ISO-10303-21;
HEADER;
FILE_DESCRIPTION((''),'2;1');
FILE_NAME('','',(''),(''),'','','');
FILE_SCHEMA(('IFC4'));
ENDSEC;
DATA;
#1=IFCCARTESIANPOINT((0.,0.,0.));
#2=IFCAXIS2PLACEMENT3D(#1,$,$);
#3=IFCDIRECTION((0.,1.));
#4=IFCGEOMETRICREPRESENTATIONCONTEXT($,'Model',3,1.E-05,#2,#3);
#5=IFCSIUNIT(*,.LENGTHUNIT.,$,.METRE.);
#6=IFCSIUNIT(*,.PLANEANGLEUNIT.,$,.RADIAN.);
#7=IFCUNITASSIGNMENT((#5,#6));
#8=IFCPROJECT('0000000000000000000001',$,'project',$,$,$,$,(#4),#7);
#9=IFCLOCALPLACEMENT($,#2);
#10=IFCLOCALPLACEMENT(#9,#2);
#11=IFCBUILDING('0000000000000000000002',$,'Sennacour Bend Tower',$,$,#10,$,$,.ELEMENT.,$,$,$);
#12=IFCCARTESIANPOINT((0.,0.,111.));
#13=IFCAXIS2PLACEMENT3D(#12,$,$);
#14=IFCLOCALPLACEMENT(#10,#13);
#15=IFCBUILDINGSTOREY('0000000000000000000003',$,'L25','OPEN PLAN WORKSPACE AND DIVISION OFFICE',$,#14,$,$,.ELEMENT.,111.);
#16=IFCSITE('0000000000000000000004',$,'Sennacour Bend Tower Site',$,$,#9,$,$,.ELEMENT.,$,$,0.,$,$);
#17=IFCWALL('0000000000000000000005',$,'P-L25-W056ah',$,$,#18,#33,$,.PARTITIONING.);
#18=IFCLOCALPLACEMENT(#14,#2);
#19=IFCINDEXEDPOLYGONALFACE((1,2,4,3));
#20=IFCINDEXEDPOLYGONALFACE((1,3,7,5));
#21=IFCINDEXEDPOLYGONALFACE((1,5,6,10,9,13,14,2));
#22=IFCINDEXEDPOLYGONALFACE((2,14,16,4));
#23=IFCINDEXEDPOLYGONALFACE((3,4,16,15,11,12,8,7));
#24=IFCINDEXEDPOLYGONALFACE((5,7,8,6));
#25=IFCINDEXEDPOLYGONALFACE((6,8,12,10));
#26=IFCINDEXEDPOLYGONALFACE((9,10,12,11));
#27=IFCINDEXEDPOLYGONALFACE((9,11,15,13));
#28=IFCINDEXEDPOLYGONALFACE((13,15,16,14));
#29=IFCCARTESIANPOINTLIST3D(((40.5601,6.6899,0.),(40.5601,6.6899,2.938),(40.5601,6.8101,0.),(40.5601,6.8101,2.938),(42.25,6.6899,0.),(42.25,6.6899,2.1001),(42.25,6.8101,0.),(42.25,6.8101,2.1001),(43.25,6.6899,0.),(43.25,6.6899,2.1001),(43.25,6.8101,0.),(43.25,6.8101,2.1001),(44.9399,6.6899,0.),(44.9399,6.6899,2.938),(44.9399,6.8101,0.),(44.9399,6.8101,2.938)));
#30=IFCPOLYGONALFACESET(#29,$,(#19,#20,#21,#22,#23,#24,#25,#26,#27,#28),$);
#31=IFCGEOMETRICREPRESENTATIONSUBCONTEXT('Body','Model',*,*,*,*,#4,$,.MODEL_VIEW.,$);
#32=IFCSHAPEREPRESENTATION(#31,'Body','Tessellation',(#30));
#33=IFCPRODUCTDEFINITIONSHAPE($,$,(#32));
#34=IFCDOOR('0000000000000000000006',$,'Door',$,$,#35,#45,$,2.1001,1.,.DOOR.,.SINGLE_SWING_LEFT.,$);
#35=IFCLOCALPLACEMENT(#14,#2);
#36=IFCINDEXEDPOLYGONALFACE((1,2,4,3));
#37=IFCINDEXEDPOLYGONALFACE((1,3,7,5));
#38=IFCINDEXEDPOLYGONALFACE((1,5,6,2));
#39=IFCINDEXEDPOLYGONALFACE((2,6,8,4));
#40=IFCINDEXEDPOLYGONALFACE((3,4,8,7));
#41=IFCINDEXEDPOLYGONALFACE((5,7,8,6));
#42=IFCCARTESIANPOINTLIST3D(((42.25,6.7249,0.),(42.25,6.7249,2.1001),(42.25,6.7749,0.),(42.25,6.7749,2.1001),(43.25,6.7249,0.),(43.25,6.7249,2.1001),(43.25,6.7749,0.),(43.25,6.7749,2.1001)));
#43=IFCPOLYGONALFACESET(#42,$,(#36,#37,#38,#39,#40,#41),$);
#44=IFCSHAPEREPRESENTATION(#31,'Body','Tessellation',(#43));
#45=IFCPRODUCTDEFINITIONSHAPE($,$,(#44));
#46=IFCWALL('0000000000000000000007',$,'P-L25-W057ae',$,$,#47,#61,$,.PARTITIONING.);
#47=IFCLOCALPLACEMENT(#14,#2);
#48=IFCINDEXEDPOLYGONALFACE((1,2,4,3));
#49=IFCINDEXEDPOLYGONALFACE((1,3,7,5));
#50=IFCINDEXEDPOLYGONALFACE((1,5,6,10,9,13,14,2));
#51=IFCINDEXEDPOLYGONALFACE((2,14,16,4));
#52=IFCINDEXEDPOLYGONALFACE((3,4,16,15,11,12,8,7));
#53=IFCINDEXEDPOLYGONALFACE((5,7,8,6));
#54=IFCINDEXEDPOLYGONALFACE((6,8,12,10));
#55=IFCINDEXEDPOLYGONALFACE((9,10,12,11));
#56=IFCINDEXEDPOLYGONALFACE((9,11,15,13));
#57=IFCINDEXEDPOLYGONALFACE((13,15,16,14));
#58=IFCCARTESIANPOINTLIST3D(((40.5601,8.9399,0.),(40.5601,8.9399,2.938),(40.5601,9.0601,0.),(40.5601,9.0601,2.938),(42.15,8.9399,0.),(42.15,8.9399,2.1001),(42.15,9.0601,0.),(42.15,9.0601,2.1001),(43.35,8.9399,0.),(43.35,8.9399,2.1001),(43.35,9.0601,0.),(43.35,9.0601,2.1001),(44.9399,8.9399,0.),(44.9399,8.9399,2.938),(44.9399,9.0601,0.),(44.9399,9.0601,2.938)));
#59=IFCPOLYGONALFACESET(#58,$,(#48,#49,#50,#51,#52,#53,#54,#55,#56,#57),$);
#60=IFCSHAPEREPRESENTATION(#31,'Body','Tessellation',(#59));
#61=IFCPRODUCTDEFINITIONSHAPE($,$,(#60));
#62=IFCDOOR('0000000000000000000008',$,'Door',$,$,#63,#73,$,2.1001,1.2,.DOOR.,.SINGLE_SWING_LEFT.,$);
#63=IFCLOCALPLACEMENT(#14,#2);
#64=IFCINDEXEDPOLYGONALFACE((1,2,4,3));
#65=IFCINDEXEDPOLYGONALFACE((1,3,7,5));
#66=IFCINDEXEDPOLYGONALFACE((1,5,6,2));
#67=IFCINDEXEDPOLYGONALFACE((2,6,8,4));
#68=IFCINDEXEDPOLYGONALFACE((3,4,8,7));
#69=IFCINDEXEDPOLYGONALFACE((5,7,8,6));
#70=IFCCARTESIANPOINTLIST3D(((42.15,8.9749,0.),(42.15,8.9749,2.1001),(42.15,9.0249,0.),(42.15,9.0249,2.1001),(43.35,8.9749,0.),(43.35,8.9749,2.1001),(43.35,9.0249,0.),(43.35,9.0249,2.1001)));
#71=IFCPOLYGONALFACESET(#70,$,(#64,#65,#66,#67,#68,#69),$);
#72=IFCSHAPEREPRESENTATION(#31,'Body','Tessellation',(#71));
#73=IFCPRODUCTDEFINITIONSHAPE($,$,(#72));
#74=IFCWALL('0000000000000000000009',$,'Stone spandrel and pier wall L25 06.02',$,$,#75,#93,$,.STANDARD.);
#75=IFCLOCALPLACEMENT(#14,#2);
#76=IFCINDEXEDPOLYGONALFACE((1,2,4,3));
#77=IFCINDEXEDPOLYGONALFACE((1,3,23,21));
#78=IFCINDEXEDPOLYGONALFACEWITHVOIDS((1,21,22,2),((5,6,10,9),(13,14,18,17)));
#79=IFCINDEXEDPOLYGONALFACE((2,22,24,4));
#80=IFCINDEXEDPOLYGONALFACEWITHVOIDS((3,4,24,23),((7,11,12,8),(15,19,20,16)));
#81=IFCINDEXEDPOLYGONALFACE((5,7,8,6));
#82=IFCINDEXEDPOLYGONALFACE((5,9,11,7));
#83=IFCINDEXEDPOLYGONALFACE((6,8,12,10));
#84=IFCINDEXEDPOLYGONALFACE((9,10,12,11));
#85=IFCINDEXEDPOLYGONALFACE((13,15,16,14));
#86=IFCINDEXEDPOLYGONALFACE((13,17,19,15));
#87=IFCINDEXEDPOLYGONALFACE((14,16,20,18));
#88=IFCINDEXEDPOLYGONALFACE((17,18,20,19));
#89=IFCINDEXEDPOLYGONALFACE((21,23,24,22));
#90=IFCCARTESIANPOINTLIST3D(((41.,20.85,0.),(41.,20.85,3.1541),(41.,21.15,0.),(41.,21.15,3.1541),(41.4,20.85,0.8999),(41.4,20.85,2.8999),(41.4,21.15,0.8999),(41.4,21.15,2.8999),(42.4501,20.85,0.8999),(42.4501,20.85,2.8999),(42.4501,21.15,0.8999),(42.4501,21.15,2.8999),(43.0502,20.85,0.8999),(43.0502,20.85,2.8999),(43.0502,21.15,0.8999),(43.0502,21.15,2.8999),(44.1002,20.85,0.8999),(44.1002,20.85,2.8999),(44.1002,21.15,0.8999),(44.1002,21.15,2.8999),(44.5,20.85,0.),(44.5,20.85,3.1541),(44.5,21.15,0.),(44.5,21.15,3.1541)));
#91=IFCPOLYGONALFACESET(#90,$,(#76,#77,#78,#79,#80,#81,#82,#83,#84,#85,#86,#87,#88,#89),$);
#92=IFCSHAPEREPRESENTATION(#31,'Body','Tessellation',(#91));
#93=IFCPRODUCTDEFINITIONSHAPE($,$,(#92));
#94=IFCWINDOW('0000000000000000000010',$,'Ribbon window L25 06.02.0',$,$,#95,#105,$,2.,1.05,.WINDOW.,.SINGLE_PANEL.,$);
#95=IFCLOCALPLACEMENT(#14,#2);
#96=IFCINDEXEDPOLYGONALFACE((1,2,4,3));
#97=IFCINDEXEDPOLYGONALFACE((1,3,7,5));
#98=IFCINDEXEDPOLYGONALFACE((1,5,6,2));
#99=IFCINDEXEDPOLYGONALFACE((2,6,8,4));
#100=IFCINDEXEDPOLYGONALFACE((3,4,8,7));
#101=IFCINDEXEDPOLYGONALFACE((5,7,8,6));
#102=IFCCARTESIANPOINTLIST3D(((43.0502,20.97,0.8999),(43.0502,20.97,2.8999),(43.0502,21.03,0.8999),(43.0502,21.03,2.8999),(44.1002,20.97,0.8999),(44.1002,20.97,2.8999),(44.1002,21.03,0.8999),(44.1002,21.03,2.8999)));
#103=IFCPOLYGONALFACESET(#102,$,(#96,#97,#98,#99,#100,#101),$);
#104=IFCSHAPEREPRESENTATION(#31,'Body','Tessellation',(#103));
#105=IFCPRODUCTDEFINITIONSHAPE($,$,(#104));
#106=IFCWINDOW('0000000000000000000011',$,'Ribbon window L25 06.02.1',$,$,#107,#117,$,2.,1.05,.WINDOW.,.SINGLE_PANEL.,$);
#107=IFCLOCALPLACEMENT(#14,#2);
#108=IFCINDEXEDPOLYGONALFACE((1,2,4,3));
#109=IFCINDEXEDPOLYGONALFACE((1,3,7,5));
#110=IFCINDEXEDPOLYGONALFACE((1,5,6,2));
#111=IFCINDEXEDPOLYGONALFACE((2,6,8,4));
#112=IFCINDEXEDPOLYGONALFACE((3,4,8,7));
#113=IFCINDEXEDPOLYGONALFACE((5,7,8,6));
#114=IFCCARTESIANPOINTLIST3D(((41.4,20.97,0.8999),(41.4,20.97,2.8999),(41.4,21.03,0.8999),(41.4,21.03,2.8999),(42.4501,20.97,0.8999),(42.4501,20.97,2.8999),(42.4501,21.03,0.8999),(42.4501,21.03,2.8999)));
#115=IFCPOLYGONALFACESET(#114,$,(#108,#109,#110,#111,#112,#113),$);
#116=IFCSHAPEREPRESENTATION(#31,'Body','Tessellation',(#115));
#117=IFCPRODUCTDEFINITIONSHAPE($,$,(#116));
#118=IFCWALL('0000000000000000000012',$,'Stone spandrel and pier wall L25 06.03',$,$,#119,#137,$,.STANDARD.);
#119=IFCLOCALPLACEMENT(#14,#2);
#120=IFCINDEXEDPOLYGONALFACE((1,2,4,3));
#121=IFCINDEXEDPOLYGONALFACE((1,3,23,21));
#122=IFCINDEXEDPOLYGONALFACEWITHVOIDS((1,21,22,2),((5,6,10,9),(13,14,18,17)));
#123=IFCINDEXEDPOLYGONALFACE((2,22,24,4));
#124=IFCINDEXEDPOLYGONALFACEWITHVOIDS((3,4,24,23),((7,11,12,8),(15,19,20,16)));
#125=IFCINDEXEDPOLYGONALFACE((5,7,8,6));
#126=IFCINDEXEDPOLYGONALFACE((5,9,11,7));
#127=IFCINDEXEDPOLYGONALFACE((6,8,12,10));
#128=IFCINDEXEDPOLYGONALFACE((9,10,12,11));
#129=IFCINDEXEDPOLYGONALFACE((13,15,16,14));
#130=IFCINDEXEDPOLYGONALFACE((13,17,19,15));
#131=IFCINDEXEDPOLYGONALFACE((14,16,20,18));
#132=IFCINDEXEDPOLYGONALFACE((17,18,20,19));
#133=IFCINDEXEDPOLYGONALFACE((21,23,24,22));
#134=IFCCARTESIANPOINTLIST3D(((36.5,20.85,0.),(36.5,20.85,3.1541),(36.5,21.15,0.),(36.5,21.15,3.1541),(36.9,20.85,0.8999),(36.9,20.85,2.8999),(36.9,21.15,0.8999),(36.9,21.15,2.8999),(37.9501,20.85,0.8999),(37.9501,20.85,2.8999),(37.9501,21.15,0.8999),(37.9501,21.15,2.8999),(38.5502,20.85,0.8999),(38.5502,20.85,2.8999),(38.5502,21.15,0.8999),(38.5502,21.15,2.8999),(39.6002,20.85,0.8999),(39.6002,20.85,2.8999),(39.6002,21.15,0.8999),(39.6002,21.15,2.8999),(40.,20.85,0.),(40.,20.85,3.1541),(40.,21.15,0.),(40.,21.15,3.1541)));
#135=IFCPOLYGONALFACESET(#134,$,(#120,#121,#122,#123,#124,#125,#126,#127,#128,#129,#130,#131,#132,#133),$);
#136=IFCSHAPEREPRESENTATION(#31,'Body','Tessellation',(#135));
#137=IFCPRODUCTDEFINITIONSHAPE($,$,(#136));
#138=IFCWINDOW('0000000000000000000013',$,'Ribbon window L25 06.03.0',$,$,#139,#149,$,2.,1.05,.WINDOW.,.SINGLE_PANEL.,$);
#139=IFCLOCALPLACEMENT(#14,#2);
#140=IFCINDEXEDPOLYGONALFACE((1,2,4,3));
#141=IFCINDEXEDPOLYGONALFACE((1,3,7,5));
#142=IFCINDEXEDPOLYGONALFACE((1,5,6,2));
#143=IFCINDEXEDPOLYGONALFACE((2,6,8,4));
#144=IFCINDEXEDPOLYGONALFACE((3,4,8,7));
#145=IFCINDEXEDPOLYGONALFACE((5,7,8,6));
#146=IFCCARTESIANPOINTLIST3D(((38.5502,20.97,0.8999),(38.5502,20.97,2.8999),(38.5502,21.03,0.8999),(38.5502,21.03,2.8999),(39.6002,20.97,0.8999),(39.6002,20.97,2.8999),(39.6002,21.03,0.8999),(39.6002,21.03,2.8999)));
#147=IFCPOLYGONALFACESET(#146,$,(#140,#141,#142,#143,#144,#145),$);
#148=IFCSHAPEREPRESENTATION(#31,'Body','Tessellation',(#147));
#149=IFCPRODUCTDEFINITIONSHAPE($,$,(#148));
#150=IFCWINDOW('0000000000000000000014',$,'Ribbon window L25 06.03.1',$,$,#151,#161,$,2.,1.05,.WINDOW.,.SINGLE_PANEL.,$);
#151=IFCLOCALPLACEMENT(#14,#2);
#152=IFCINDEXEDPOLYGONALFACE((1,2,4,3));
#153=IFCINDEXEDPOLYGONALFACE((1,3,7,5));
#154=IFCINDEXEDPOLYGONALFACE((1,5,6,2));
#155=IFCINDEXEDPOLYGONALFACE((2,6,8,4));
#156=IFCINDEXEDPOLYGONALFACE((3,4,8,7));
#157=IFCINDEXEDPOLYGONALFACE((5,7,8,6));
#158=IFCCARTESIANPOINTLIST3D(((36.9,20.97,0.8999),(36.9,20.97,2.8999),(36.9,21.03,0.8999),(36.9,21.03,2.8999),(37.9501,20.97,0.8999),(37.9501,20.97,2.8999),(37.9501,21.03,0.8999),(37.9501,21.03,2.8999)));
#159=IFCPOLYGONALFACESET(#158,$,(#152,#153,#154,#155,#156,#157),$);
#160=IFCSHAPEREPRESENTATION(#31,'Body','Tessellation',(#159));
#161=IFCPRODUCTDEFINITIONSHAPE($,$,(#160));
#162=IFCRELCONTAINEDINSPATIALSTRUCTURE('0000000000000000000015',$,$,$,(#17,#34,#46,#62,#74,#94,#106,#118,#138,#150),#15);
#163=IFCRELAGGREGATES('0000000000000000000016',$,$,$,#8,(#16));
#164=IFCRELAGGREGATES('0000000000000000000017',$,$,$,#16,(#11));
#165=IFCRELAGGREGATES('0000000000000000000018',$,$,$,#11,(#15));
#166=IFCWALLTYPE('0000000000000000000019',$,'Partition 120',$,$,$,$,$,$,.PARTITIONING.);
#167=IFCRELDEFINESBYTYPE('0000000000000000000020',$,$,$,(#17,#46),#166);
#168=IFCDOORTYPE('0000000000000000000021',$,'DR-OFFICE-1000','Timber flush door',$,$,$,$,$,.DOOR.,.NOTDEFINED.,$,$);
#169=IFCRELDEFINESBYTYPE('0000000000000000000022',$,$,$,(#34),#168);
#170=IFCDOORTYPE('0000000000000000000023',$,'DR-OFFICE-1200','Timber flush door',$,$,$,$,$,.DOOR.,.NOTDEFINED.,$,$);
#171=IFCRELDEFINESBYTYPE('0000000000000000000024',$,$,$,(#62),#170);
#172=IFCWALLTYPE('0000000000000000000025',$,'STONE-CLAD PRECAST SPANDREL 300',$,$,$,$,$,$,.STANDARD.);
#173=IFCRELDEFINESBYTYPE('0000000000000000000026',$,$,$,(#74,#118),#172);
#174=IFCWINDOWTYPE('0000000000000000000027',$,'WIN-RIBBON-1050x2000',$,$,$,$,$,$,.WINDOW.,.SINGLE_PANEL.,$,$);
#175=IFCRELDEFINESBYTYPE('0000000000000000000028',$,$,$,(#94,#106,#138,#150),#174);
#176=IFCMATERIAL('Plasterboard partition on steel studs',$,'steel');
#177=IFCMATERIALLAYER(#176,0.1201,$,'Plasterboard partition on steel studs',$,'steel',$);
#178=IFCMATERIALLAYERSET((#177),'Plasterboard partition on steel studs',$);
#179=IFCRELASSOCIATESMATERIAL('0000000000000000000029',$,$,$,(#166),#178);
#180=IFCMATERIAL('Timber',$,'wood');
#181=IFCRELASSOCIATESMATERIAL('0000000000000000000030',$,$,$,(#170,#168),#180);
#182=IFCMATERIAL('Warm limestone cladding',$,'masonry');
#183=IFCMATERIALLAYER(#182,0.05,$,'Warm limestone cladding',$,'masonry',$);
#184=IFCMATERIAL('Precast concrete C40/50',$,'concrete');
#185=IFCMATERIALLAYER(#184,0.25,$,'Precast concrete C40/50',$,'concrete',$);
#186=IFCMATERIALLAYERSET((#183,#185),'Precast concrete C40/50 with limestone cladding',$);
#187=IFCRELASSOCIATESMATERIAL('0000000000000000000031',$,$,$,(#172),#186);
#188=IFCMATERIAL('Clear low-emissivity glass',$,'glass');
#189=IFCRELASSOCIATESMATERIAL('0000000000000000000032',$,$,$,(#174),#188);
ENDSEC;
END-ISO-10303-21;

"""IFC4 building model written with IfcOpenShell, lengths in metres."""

from ifc_helpers import new_model, si_unit, direction, frame, frame_2d, origin, place, context, subcontext, project, spatial, rectangle, extrude, material, layer, layer_set, type_object, element, fill, save


model = new_model("IFC4")

# Units and contexts
model_context = context("Model", 3, precision=1e-05, world=origin(), true_north=direction((0.0, 1.0)))
body_context = subcontext(model_context, "Body", "Model", "MODEL_VIEW")
ifc_project = project(units=[si_unit("LENGTHUNIT", "METRE"), si_unit("PLANEANGLEUNIT", "RADIAN")], contexts=[model_context])

# Site, building, storey
site_placement = place(None, origin())
site = spatial("IfcSite", under=ifc_project, at=site_placement, Name="Sennacour Bend Tower Site", CompositionType="ELEMENT", RefElevation=0.0)
building_placement = place(site_placement, origin())
building = spatial("IfcBuilding", under=site, at=building_placement, Name="Sennacour Bend Tower", CompositionType="ELEMENT")
storey_placement = place(building_placement, frame((0.0, 0.0, 111.0)))
storey = spatial("IfcBuildingStorey", under=building, at=storey_placement, Name="L25", Description="OPEN PLAN WORKSPACE AND DIVISION OFFICE", CompositionType="ELEMENT", Elevation=111.0)

# Shared definitions
ifc_material_1 = material(Name="Plasterboard partition on steel studs", Category="steel")
ifc_layer_1 = layer(ifc_material_1, 0.1201, Name="Plasterboard partition on steel studs", Category="steel")
ifc_layer_set_1 = layer_set([ifc_layer_1], Name="Plasterboard partition on steel studs")
wall_type_1 = type_object("IfcWallType", Name="Partition 120", PredefinedType="PARTITIONING", material=ifc_layer_set_1)

# Walls, openings, doors
ifc_material_2 = material(Name="Timber", Category="wood")
door_type_1 = type_object("IfcDoorType", Name="DR-OFFICE-1200", Description="Timber flush door", OperationType="NOTDEFINED", PredefinedType="DOOR", material=ifc_material_2)
wall_1_placement = place(storey_placement, frame((40.5601, 6.75, 0.0), z_axis=(0.0, 0.0, 1.0), x_axis=(1.0, 0.0, 0.0)))
wall_1 = element("IfcWall", 1, at=wall_1_placement, inside=storey, type_object=wall_type_1, Name="P-L25-W056ah", PredefinedType="PARTITIONING", context=body_context, shape_type="SweptSolid", body=[
    extrude(rectangle(XDim=4.3799, YDim=0.1201, at=frame_2d((2.1899, 0.0))), origin(), (0.0, 0.0, 1.0), 2.938),
])
opening_1_placement = place(wall_1_placement, frame((1.6899, 0.0, 0.0)))
opening_1 = element("IfcOpeningElement", 2, at=opening_1_placement, cuts=wall_1, PredefinedType="OPENING", context=body_context, shape_type="SweptSolid", body=[
    extrude(rectangle(XDim=1.0, YDim=2.1001, at=frame_2d((0.5, 1.05))), frame((0.0, 0.0701, 0.0), z_axis=(0.0, -1.0, 0.0), x_axis=(1.0, 0.0, 0.0)), (0.0, 0.0, 1.0), 0.1401),
])
door_type_2 = type_object("IfcDoorType", Name="DR-OFFICE-1000", Description="Timber flush door", OperationType="NOTDEFINED", PredefinedType="DOOR", material=ifc_material_2)
door_1_placement = place(opening_1_placement, origin())
door_1 = element("IfcDoor", 3, at=door_1_placement, inside=storey, type_object=door_type_2, Name="Door", OperationType="SINGLE_SWING_LEFT", OverallHeight=2.1001, OverallWidth=1.0, PredefinedType="DOOR", context=body_context, shape_type="SweptSolid", body=[
    extrude(rectangle(XDim=1.0, YDim=2.1001, at=frame_2d((0.5, 1.05))), frame((0.0, 0.0249, 0.0), z_axis=(0.0, -1.0, 0.0), x_axis=(1.0, 0.0, 0.0)), (0.0, 0.0, 1.0), 0.05),
])
fill(opening_1, door_1)
wall_2_placement = place(storey_placement, frame((40.5601, 9.0, 0.0), z_axis=(0.0, 0.0, 1.0), x_axis=(1.0, 0.0, 0.0)))
wall_2 = element("IfcWall", 4, at=wall_2_placement, inside=storey, type_object=wall_type_1, Name="P-L25-W057ae", PredefinedType="PARTITIONING", context=body_context, shape_type="SweptSolid", body=[
    extrude(rectangle(XDim=4.3799, YDim=0.1201, at=frame_2d((2.1899, 0.0))), origin(), (0.0, 0.0, 1.0), 2.938),
])
opening_2_placement = place(wall_2_placement, frame((1.5898, 0.0, 0.0)))
opening_2 = element("IfcOpeningElement", 5, at=opening_2_placement, cuts=wall_2, PredefinedType="OPENING", context=body_context, shape_type="SweptSolid", body=[
    extrude(rectangle(XDim=1.2, YDim=2.1001, at=frame_2d((0.6001, 1.05))), frame((0.0, 0.0701, 0.0), z_axis=(0.0, -1.0, 0.0), x_axis=(1.0, 0.0, 0.0)), (0.0, 0.0, 1.0), 0.1401),
])
door_2_placement = place(opening_2_placement, origin())
door_2 = element("IfcDoor", 6, at=door_2_placement, inside=storey, type_object=door_type_1, Name="Door", OperationType="SINGLE_SWING_LEFT", OverallHeight=2.1001, OverallWidth=1.2, PredefinedType="DOOR", context=body_context, shape_type="SweptSolid", body=[
    extrude(rectangle(XDim=1.2, YDim=2.1001, at=frame_2d((0.6001, 1.05))), frame((0.0, 0.0249, 0.0), z_axis=(0.0, -1.0, 0.0), x_axis=(1.0, 0.0, 0.0)), (0.0, 0.0, 1.0), 0.05),
])
fill(opening_2, door_2)

# Walls, openings, windows
ifc_material_3 = material(Name="Warm limestone cladding", Category="masonry")
ifc_layer_2 = layer(ifc_material_3, 0.05, Name="Warm limestone cladding", Category="masonry")
ifc_material_4 = material(Name="Precast concrete C40/50", Category="concrete")
ifc_layer_3 = layer(ifc_material_4, 0.25, Name="Precast concrete C40/50", Category="concrete")
ifc_layer_set_2 = layer_set([ifc_layer_2, ifc_layer_3], Name="Precast concrete C40/50 with limestone cladding")
wall_type_2 = type_object("IfcWallType", Name="STONE-CLAD PRECAST SPANDREL 300", PredefinedType="STANDARD", material=ifc_layer_set_2)
wall_3_placement = place(storey_placement, frame((44.5, 21.0, 0.0), z_axis=(0.0, 0.0, 1.0), x_axis=(-1.0, 0.0, 0.0)))
wall_3 = element("IfcWall", 7, at=wall_3_placement, inside=storey, type_object=wall_type_2, Name="Stone spandrel and pier wall L25 06.02", PredefinedType="STANDARD", context=body_context, shape_type="SweptSolid", body=[
    extrude(rectangle(XDim=3.5, YDim=0.3, at=frame_2d((1.75, 0.0))), origin(), (0.0, 0.0, 1.0), 3.1541),
])
opening_3_placement = place(wall_3_placement, frame((0.3999, 0.0, 0.8999)))
opening_3 = element("IfcOpeningElement", 8, at=opening_3_placement, cuts=wall_3, PredefinedType="OPENING", context=body_context, shape_type="SweptSolid", body=[
    extrude(rectangle(XDim=1.05, YDim=2.0, at=frame_2d((0.5249, 1.0))), frame((0.0, 0.1602, 0.0), z_axis=(0.0, -1.0, 0.0), x_axis=(1.0, 0.0, 0.0)), (0.0, 0.0, 1.0), 0.3201),
])
opening_4_placement = place(wall_3_placement, frame((2.05, 0.0, 0.8999)))
opening_4 = element("IfcOpeningElement", 9, at=opening_4_placement, cuts=wall_3, PredefinedType="OPENING", context=body_context, shape_type="SweptSolid", body=[
    extrude(rectangle(XDim=1.05, YDim=2.0, at=frame_2d((0.5249, 1.0))), frame((0.0, 0.1602, 0.0), z_axis=(0.0, -1.0, 0.0), x_axis=(1.0, 0.0, 0.0)), (0.0, 0.0, 1.0), 0.3201),
])
ifc_material_5 = material(Name="Clear low-emissivity glass", Category="glass")
window_type = type_object("IfcWindowType", Name="WIN-RIBBON-1050x2000", PartitioningType="SINGLE_PANEL", PredefinedType="WINDOW", material=ifc_material_5)
window_1_placement = place(opening_3_placement, origin())
window_1 = element("IfcWindow", 10, at=window_1_placement, inside=storey, type_object=window_type, Name="Ribbon window L25 06.02.0", OverallHeight=2.0, OverallWidth=1.05, PartitioningType="SINGLE_PANEL", PredefinedType="WINDOW", context=body_context, shape_type="SweptSolid", body=[
    extrude(rectangle(XDim=1.05, YDim=2.0, at=frame_2d((0.5249, 1.0))), frame((0.0, 0.03, 0.0), z_axis=(0.0, -1.0, 0.0), x_axis=(1.0, 0.0, 0.0)), (0.0, 0.0, 1.0), 0.0601),
])
fill(opening_3, window_1)
window_2_placement = place(opening_4_placement, origin())
window_2 = element("IfcWindow", 11, at=window_2_placement, inside=storey, type_object=window_type, Name="Ribbon window L25 06.02.1", OverallHeight=2.0, OverallWidth=1.05, PartitioningType="SINGLE_PANEL", PredefinedType="WINDOW", context=body_context, shape_type="SweptSolid", body=[
    extrude(rectangle(XDim=1.05, YDim=2.0, at=frame_2d((0.5249, 1.0))), frame((0.0, 0.03, 0.0), z_axis=(0.0, -1.0, 0.0), x_axis=(1.0, 0.0, 0.0)), (0.0, 0.0, 1.0), 0.0601),
])
fill(opening_4, window_2)
wall_4_placement = place(storey_placement, frame((40.0, 21.0, 0.0), z_axis=(0.0, 0.0, 1.0), x_axis=(-1.0, 0.0, 0.0)))
wall_4 = element("IfcWall", 12, at=wall_4_placement, inside=storey, type_object=wall_type_2, Name="Stone spandrel and pier wall L25 06.03", PredefinedType="STANDARD", context=body_context, shape_type="SweptSolid", body=[
    extrude(rectangle(XDim=3.5, YDim=0.3, at=frame_2d((1.75, 0.0))), origin(), (0.0, 0.0, 1.0), 3.1541),
])
opening_5_placement = place(wall_4_placement, frame((0.3999, 0.0, 0.8999)))
opening_5 = element("IfcOpeningElement", 13, at=opening_5_placement, cuts=wall_4, PredefinedType="OPENING", context=body_context, shape_type="SweptSolid", body=[
    extrude(rectangle(XDim=1.05, YDim=2.0, at=frame_2d((0.5249, 1.0))), frame((0.0, 0.1602, 0.0), z_axis=(0.0, -1.0, 0.0), x_axis=(1.0, 0.0, 0.0)), (0.0, 0.0, 1.0), 0.3201),
])
opening_6_placement = place(wall_4_placement, frame((2.05, 0.0, 0.8999)))
opening_6 = element("IfcOpeningElement", 14, at=opening_6_placement, cuts=wall_4, PredefinedType="OPENING", context=body_context, shape_type="SweptSolid", body=[
    extrude(rectangle(XDim=1.05, YDim=2.0, at=frame_2d((0.5249, 1.0))), frame((0.0, 0.1602, 0.0), z_axis=(0.0, -1.0, 0.0), x_axis=(1.0, 0.0, 0.0)), (0.0, 0.0, 1.0), 0.3201),
])
window_3_placement = place(opening_5_placement, origin())
window_3 = element("IfcWindow", 15, at=window_3_placement, inside=storey, type_object=window_type, Name="Ribbon window L25 06.03.0", OverallHeight=2.0, OverallWidth=1.05, PartitioningType="SINGLE_PANEL", PredefinedType="WINDOW", context=body_context, shape_type="SweptSolid", body=[
    extrude(rectangle(XDim=1.05, YDim=2.0, at=frame_2d((0.5249, 1.0))), frame((0.0, 0.03, 0.0), z_axis=(0.0, -1.0, 0.0), x_axis=(1.0, 0.0, 0.0)), (0.0, 0.0, 1.0), 0.0601),
])
fill(opening_5, window_3)
window_4_placement = place(opening_6_placement, origin())
window_4 = element("IfcWindow", 16, at=window_4_placement, inside=storey, type_object=window_type, Name="Ribbon window L25 06.03.1", OverallHeight=2.0, OverallWidth=1.05, PartitioningType="SINGLE_PANEL", PredefinedType="WINDOW", context=body_context, shape_type="SweptSolid", body=[
    extrude(rectangle(XDim=1.05, YDim=2.0, at=frame_2d((0.5249, 1.0))), frame((0.0, 0.03, 0.0), z_axis=(0.0, -1.0, 0.0), x_axis=(1.0, 0.0, 0.0)), (0.0, 0.0, 1.0), 0.0601),
])
fill(opening_6, window_4)

save(model, "model.ifc")
